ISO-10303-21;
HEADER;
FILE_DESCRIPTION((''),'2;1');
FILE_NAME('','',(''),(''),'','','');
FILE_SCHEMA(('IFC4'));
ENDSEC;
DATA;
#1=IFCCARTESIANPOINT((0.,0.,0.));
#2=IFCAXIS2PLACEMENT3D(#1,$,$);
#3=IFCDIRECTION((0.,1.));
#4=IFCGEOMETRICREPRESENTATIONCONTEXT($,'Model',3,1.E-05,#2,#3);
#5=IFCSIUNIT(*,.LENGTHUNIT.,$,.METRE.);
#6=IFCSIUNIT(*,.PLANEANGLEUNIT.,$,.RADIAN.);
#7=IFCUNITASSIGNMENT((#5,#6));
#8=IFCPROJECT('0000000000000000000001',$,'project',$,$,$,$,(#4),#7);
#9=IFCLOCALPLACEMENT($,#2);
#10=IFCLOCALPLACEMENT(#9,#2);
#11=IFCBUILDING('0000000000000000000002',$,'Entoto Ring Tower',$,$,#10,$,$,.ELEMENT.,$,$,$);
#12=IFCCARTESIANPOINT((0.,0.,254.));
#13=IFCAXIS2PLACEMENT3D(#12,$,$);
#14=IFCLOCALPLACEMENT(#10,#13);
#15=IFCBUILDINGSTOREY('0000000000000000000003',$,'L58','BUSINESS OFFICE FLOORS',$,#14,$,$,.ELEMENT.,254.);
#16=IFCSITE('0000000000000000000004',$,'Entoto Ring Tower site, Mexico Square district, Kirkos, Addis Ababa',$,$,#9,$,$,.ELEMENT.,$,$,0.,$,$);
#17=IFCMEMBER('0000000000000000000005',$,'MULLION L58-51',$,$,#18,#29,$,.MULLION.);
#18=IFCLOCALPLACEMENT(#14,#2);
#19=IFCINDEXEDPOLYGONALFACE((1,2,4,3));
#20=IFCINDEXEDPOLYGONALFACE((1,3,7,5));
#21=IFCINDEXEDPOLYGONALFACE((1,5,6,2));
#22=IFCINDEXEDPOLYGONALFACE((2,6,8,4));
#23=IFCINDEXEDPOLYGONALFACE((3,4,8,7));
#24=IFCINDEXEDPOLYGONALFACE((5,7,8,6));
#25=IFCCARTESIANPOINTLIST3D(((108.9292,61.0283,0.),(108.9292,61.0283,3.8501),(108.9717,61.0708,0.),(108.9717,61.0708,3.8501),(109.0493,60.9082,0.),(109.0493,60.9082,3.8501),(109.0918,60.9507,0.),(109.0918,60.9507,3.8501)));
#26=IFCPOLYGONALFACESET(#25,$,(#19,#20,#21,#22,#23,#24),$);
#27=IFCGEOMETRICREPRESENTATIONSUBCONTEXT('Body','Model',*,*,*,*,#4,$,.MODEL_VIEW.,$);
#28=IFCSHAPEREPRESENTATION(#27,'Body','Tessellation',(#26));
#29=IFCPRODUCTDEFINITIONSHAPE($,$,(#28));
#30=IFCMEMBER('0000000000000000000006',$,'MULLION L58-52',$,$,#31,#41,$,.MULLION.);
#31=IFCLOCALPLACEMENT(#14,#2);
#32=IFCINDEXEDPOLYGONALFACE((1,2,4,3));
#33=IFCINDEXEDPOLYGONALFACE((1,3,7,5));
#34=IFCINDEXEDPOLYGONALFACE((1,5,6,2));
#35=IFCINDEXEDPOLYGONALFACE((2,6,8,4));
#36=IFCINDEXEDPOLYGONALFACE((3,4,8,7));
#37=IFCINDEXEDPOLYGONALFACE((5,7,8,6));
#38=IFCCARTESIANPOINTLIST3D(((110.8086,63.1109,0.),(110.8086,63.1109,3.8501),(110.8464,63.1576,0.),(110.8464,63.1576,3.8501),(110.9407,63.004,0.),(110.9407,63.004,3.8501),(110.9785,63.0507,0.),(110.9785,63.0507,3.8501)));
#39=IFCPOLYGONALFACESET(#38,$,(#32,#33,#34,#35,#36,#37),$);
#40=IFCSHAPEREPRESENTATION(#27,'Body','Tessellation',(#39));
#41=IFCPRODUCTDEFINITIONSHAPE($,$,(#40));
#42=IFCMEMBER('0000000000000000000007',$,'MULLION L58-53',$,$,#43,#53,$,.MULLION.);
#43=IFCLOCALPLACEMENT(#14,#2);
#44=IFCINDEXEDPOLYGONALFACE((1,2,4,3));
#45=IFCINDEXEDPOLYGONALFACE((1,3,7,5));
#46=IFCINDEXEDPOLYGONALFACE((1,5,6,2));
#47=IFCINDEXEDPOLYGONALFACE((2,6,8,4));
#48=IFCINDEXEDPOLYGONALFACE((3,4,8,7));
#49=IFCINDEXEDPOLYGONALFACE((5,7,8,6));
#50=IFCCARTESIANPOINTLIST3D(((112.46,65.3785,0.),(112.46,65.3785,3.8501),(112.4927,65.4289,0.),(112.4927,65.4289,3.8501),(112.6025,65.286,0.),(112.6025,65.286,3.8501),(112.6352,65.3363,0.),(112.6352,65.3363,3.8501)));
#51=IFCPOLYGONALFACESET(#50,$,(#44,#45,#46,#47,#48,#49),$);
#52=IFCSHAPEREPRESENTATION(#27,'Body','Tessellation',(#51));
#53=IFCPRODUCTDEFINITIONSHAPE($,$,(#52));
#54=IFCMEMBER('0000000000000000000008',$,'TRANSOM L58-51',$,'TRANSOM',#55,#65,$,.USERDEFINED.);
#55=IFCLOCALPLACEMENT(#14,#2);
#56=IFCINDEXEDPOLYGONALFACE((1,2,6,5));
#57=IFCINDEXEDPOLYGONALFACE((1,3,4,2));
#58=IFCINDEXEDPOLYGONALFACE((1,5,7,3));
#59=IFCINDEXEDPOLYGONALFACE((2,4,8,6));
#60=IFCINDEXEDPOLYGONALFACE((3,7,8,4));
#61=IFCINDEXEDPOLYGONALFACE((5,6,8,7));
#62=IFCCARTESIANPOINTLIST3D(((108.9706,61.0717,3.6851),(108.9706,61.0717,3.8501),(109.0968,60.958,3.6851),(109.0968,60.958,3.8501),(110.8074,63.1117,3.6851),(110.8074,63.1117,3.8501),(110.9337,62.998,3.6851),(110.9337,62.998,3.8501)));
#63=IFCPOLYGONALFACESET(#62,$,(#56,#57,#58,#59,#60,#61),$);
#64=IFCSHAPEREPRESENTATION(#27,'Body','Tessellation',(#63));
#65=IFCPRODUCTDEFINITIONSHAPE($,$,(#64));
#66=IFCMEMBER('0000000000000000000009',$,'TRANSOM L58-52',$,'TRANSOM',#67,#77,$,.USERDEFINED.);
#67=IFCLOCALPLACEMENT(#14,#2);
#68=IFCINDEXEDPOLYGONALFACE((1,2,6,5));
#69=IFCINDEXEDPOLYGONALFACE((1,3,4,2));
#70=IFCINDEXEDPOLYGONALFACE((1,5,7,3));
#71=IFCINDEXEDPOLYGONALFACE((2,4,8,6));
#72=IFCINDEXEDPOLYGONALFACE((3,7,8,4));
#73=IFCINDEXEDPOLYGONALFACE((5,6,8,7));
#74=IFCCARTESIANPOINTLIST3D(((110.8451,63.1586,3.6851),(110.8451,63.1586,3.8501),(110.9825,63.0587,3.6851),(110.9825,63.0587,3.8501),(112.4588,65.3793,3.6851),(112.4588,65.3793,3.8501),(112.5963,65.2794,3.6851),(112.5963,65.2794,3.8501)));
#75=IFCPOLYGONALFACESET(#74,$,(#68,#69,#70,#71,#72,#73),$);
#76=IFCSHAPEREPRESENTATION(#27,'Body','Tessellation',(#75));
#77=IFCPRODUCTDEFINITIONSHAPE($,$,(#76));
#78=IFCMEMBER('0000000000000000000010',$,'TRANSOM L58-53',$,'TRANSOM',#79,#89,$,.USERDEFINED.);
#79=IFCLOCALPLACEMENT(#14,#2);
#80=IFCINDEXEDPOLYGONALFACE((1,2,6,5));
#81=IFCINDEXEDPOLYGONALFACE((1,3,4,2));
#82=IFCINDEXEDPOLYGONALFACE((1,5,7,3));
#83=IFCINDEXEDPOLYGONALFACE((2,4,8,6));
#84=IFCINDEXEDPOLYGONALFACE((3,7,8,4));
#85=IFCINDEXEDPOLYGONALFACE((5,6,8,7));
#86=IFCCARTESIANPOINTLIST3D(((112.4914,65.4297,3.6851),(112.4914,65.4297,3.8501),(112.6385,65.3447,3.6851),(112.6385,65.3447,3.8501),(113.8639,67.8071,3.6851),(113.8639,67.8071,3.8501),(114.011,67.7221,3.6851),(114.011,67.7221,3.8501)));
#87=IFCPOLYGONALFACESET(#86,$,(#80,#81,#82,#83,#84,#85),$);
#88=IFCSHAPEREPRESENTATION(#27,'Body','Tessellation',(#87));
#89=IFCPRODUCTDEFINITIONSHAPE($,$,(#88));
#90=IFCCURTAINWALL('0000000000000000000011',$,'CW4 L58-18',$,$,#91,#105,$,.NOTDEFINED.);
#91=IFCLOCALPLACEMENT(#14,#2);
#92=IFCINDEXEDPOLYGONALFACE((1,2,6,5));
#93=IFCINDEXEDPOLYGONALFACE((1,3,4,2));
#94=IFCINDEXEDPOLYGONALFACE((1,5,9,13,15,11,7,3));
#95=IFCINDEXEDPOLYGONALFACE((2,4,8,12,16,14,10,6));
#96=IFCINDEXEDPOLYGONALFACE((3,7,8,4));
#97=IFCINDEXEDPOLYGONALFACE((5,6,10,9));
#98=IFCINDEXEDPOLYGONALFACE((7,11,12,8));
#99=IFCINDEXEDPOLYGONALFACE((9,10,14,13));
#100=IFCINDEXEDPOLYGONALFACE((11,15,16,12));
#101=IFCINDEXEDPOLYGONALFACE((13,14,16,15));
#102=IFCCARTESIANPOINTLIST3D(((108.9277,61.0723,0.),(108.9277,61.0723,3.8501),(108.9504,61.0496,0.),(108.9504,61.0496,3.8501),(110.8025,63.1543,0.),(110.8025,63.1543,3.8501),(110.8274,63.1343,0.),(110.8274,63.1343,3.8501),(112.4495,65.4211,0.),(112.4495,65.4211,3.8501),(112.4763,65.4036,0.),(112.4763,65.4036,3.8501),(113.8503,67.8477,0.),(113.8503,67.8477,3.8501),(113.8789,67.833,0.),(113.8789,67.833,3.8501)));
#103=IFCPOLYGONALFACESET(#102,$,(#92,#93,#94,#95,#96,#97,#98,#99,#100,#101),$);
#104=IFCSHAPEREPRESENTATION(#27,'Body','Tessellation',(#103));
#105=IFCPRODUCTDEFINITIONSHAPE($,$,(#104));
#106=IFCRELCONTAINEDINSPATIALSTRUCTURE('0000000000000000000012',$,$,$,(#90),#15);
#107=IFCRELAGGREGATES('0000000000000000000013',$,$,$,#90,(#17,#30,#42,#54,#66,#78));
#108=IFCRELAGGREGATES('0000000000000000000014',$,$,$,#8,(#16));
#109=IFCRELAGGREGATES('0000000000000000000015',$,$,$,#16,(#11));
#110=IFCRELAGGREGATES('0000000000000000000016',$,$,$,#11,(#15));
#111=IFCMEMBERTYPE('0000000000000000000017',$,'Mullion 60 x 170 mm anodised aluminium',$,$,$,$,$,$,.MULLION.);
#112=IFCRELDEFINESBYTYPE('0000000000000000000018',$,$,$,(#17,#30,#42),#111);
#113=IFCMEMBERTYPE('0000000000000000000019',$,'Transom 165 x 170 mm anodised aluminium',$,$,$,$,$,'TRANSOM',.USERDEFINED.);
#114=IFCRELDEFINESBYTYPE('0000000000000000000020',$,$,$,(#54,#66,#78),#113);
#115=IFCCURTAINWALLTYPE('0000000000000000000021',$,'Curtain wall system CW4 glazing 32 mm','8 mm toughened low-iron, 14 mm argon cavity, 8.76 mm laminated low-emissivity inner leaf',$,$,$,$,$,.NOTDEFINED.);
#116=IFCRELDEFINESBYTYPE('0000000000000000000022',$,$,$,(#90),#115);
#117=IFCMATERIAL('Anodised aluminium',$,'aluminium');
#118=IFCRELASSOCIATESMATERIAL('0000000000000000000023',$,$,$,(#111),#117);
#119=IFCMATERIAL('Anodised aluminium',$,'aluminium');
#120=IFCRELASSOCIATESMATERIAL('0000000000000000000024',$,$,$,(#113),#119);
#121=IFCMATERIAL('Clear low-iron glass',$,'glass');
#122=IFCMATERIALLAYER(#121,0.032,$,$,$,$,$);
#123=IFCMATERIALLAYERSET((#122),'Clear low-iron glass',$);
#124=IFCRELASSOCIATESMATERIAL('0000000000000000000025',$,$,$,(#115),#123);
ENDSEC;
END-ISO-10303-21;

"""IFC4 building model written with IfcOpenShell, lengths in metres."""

from ifc_helpers import new_model, si_unit, direction, frame, origin, origin_2d, place, context, subcontext, project, spatial, polyline, rectangle, outline, extrude, material, layer, layer_set, material_profile, profile_set, type_object, element, aggregate, save


model = new_model("IFC4")

# Units and contexts
model_context = context("Model", 3, precision=1e-05, world=origin(), true_north=direction((0.0, 1.0)))
body_context = subcontext(model_context, "Body", "Model", "MODEL_VIEW")
ifc_project = project(units=[si_unit("LENGTHUNIT", "METRE"), si_unit("PLANEANGLEUNIT", "RADIAN")], contexts=[model_context])

# Members
ifc_material_1 = material(Name="Anodised aluminium", Category="aluminium")
ifc_material_profile_1 = material_profile(ifc_material_1, rectangle(XDim=0.0601, YDim=0.1699, at=origin_2d()), Name="Mullion 60 x 170 mm anodised aluminium")
ifc_profile_set_1 = profile_set([ifc_material_profile_1], Name="Anodised aluminium")
member_type_1 = type_object("IfcMemberType", Name="Mullion 60 x 170 mm anodised aluminium", PredefinedType="MULLION", material=ifc_profile_set_1)
site_placement = place(None, origin())
building_placement = place(site_placement, origin())
storey_placement = place(building_placement, frame((0.0, 0.0, 254.0)))
member_1_placement = place(storey_placement, frame((109.0105, 60.9895, 0.0), z_axis=(0.0, 0.0, 1.0), x_axis=(0.707107, 0.707107, 0.0)))
member_1 = element("IfcMember", 1, at=member_1_placement, type_object=member_type_1, Name="MULLION L58-51", PredefinedType="MULLION", context=body_context, shape_type="SweptSolid", body=[
    extrude(rectangle(XDim=0.0601, YDim=0.1699, at=origin_2d()), origin(), (0.0, 0.0, 1.0), 3.8501),
])
member_2_placement = place(storey_placement, frame((110.8936, 63.0808, 0.0), z_axis=(0.0, 0.0, 1.0), x_axis=(0.62932, 0.777146, 0.0)))
member_2 = element("IfcMember", 2, at=member_2_placement, type_object=member_type_1, Name="MULLION L58-52", PredefinedType="MULLION", context=body_context, shape_type="SweptSolid", body=[
    extrude(rectangle(XDim=0.0601, YDim=0.1699, at=origin_2d()), origin(), (0.0, 0.0, 1.0), 3.8501),
])
member_3_placement = place(storey_placement, frame((112.5476, 65.3574, 0.0), z_axis=(0.0, 0.0, 1.0), x_axis=(0.544639, 0.838671, 0.0)))
member_3 = element("IfcMember", 3, at=member_3_placement, type_object=member_type_1, Name="MULLION L58-53", PredefinedType="MULLION", context=body_context, shape_type="SweptSolid", body=[
    extrude(rectangle(XDim=0.0601, YDim=0.1699, at=origin_2d()), origin(), (0.0, 0.0, 1.0), 3.8501),
])
ifc_material_2 = material(Name="Anodised aluminium", Category="aluminium")
ifc_material_profile_2 = material_profile(ifc_material_2, rectangle(XDim=0.1699, YDim=0.165, at=origin_2d()), Name="Transom 165 x 170 mm anodised aluminium")
ifc_profile_set_2 = profile_set([ifc_material_profile_2], Name="Anodised aluminium")
member_type_2 = type_object("IfcMemberType", Name="Transom 165 x 170 mm anodised aluminium", ElementType="TRANSOM", PredefinedType="USERDEFINED", material=ifc_profile_set_2)
member_4_placement = place(storey_placement, frame((109.0337, 61.0149, 3.7676), z_axis=(0.669142, 0.743135, 0.0), x_axis=(-0.743135, 0.669142, 0.0)))
member_4 = element("IfcMember", 4, at=member_4_placement, type_object=member_type_2, Name="TRANSOM L58-51", ObjectType="TRANSOM", PredefinedType="USERDEFINED", context=body_context, shape_type="SweptSolid", body=[
    extrude(rectangle(XDim=0.1699, YDim=0.165, at=origin_2d()), origin(), (0.0, 0.0, 1.0), 2.7451),
])
member_5_placement = place(storey_placement, frame((110.9138, 63.1086, 3.7676), z_axis=(0.587865, 0.808959, 0.0), x_axis=(-0.808959, 0.587865, 0.0)))
member_5 = element("IfcMember", 5, at=member_5_placement, type_object=member_type_2, Name="TRANSOM L58-52", ObjectType="TRANSOM", PredefinedType="USERDEFINED", context=body_context, shape_type="SweptSolid", body=[
    extrude(rectangle(XDim=0.1699, YDim=0.165, at=origin_2d()), origin(), (0.0, 0.0, 1.0), 2.7451),
])
member_6_placement = place(storey_placement, frame((112.5649, 65.3872, 3.7676), z_axis=(0.499984, 0.866035, 0.0), x_axis=(-0.866035, 0.499984, 0.0)))
member_6 = element("IfcMember", 6, at=member_6_placement, type_object=member_type_2, Name="TRANSOM L58-53", ObjectType="TRANSOM", PredefinedType="USERDEFINED", context=body_context, shape_type="SweptSolid", body=[
    extrude(rectangle(XDim=0.1699, YDim=0.165, at=origin_2d()), origin(), (0.0, 0.0, 1.0), 2.7451),
])

# Site, building, storey
site = spatial("IfcSite", under=ifc_project, at=site_placement, Name="Entoto Ring Tower site, Mexico Square district, Kirkos, Addis Ababa", CompositionType="ELEMENT", RefElevation=0.0)
building = spatial("IfcBuilding", under=site, at=building_placement, Name="Entoto Ring Tower", CompositionType="ELEMENT")
storey = spatial("IfcBuildingStorey", under=building, at=storey_placement, Name="L58", Description="BUSINESS OFFICE FLOORS", CompositionType="ELEMENT", Elevation=254.0)

# Curtain wall
ifc_material_3 = material(Name="Clear low-iron glass", Category="glass")
ifc_layer_1 = layer(ifc_material_3, 0.032)
ifc_layer_set_1 = layer_set([ifc_layer_1], Name="Clear low-iron glass")
curtain_wall_type = type_object("IfcCurtainWallType", Name="Curtain wall system CW4 glazing 32 mm", Description="8 mm toughened low-iron, 14 mm argon cavity, 8.76 mm laminated low-emissivity inner leaf", PredefinedType="NOTDEFINED", material=ifc_layer_set_1)
curtain_wall_1_placement = place(storey_placement, origin())
curtain_wall_1 = element("IfcCurtainWall", 7, at=curtain_wall_1_placement, inside=storey, type_object=curtain_wall_type, Name="CW4 L58-18", PredefinedType="NOTDEFINED", context=body_context, shape_type="SweptSolid", body=[
    extrude(outline(polyline([(108.9504, 61.0496), (110.8274, 63.1343), (112.4763, 65.4036), (113.8789, 67.833), (113.8503, 67.8477), (112.4495, 65.4211), (110.8025, 63.1543), (108.9277, 61.0723), (108.9504, 61.0496)])), origin(), (0.0, 0.0, 1.0), 3.8501),
])
aggregate(curtain_wall_1, [member_1, member_2, member_3, member_4, member_5, member_6])

save(model, "model.ifc")
